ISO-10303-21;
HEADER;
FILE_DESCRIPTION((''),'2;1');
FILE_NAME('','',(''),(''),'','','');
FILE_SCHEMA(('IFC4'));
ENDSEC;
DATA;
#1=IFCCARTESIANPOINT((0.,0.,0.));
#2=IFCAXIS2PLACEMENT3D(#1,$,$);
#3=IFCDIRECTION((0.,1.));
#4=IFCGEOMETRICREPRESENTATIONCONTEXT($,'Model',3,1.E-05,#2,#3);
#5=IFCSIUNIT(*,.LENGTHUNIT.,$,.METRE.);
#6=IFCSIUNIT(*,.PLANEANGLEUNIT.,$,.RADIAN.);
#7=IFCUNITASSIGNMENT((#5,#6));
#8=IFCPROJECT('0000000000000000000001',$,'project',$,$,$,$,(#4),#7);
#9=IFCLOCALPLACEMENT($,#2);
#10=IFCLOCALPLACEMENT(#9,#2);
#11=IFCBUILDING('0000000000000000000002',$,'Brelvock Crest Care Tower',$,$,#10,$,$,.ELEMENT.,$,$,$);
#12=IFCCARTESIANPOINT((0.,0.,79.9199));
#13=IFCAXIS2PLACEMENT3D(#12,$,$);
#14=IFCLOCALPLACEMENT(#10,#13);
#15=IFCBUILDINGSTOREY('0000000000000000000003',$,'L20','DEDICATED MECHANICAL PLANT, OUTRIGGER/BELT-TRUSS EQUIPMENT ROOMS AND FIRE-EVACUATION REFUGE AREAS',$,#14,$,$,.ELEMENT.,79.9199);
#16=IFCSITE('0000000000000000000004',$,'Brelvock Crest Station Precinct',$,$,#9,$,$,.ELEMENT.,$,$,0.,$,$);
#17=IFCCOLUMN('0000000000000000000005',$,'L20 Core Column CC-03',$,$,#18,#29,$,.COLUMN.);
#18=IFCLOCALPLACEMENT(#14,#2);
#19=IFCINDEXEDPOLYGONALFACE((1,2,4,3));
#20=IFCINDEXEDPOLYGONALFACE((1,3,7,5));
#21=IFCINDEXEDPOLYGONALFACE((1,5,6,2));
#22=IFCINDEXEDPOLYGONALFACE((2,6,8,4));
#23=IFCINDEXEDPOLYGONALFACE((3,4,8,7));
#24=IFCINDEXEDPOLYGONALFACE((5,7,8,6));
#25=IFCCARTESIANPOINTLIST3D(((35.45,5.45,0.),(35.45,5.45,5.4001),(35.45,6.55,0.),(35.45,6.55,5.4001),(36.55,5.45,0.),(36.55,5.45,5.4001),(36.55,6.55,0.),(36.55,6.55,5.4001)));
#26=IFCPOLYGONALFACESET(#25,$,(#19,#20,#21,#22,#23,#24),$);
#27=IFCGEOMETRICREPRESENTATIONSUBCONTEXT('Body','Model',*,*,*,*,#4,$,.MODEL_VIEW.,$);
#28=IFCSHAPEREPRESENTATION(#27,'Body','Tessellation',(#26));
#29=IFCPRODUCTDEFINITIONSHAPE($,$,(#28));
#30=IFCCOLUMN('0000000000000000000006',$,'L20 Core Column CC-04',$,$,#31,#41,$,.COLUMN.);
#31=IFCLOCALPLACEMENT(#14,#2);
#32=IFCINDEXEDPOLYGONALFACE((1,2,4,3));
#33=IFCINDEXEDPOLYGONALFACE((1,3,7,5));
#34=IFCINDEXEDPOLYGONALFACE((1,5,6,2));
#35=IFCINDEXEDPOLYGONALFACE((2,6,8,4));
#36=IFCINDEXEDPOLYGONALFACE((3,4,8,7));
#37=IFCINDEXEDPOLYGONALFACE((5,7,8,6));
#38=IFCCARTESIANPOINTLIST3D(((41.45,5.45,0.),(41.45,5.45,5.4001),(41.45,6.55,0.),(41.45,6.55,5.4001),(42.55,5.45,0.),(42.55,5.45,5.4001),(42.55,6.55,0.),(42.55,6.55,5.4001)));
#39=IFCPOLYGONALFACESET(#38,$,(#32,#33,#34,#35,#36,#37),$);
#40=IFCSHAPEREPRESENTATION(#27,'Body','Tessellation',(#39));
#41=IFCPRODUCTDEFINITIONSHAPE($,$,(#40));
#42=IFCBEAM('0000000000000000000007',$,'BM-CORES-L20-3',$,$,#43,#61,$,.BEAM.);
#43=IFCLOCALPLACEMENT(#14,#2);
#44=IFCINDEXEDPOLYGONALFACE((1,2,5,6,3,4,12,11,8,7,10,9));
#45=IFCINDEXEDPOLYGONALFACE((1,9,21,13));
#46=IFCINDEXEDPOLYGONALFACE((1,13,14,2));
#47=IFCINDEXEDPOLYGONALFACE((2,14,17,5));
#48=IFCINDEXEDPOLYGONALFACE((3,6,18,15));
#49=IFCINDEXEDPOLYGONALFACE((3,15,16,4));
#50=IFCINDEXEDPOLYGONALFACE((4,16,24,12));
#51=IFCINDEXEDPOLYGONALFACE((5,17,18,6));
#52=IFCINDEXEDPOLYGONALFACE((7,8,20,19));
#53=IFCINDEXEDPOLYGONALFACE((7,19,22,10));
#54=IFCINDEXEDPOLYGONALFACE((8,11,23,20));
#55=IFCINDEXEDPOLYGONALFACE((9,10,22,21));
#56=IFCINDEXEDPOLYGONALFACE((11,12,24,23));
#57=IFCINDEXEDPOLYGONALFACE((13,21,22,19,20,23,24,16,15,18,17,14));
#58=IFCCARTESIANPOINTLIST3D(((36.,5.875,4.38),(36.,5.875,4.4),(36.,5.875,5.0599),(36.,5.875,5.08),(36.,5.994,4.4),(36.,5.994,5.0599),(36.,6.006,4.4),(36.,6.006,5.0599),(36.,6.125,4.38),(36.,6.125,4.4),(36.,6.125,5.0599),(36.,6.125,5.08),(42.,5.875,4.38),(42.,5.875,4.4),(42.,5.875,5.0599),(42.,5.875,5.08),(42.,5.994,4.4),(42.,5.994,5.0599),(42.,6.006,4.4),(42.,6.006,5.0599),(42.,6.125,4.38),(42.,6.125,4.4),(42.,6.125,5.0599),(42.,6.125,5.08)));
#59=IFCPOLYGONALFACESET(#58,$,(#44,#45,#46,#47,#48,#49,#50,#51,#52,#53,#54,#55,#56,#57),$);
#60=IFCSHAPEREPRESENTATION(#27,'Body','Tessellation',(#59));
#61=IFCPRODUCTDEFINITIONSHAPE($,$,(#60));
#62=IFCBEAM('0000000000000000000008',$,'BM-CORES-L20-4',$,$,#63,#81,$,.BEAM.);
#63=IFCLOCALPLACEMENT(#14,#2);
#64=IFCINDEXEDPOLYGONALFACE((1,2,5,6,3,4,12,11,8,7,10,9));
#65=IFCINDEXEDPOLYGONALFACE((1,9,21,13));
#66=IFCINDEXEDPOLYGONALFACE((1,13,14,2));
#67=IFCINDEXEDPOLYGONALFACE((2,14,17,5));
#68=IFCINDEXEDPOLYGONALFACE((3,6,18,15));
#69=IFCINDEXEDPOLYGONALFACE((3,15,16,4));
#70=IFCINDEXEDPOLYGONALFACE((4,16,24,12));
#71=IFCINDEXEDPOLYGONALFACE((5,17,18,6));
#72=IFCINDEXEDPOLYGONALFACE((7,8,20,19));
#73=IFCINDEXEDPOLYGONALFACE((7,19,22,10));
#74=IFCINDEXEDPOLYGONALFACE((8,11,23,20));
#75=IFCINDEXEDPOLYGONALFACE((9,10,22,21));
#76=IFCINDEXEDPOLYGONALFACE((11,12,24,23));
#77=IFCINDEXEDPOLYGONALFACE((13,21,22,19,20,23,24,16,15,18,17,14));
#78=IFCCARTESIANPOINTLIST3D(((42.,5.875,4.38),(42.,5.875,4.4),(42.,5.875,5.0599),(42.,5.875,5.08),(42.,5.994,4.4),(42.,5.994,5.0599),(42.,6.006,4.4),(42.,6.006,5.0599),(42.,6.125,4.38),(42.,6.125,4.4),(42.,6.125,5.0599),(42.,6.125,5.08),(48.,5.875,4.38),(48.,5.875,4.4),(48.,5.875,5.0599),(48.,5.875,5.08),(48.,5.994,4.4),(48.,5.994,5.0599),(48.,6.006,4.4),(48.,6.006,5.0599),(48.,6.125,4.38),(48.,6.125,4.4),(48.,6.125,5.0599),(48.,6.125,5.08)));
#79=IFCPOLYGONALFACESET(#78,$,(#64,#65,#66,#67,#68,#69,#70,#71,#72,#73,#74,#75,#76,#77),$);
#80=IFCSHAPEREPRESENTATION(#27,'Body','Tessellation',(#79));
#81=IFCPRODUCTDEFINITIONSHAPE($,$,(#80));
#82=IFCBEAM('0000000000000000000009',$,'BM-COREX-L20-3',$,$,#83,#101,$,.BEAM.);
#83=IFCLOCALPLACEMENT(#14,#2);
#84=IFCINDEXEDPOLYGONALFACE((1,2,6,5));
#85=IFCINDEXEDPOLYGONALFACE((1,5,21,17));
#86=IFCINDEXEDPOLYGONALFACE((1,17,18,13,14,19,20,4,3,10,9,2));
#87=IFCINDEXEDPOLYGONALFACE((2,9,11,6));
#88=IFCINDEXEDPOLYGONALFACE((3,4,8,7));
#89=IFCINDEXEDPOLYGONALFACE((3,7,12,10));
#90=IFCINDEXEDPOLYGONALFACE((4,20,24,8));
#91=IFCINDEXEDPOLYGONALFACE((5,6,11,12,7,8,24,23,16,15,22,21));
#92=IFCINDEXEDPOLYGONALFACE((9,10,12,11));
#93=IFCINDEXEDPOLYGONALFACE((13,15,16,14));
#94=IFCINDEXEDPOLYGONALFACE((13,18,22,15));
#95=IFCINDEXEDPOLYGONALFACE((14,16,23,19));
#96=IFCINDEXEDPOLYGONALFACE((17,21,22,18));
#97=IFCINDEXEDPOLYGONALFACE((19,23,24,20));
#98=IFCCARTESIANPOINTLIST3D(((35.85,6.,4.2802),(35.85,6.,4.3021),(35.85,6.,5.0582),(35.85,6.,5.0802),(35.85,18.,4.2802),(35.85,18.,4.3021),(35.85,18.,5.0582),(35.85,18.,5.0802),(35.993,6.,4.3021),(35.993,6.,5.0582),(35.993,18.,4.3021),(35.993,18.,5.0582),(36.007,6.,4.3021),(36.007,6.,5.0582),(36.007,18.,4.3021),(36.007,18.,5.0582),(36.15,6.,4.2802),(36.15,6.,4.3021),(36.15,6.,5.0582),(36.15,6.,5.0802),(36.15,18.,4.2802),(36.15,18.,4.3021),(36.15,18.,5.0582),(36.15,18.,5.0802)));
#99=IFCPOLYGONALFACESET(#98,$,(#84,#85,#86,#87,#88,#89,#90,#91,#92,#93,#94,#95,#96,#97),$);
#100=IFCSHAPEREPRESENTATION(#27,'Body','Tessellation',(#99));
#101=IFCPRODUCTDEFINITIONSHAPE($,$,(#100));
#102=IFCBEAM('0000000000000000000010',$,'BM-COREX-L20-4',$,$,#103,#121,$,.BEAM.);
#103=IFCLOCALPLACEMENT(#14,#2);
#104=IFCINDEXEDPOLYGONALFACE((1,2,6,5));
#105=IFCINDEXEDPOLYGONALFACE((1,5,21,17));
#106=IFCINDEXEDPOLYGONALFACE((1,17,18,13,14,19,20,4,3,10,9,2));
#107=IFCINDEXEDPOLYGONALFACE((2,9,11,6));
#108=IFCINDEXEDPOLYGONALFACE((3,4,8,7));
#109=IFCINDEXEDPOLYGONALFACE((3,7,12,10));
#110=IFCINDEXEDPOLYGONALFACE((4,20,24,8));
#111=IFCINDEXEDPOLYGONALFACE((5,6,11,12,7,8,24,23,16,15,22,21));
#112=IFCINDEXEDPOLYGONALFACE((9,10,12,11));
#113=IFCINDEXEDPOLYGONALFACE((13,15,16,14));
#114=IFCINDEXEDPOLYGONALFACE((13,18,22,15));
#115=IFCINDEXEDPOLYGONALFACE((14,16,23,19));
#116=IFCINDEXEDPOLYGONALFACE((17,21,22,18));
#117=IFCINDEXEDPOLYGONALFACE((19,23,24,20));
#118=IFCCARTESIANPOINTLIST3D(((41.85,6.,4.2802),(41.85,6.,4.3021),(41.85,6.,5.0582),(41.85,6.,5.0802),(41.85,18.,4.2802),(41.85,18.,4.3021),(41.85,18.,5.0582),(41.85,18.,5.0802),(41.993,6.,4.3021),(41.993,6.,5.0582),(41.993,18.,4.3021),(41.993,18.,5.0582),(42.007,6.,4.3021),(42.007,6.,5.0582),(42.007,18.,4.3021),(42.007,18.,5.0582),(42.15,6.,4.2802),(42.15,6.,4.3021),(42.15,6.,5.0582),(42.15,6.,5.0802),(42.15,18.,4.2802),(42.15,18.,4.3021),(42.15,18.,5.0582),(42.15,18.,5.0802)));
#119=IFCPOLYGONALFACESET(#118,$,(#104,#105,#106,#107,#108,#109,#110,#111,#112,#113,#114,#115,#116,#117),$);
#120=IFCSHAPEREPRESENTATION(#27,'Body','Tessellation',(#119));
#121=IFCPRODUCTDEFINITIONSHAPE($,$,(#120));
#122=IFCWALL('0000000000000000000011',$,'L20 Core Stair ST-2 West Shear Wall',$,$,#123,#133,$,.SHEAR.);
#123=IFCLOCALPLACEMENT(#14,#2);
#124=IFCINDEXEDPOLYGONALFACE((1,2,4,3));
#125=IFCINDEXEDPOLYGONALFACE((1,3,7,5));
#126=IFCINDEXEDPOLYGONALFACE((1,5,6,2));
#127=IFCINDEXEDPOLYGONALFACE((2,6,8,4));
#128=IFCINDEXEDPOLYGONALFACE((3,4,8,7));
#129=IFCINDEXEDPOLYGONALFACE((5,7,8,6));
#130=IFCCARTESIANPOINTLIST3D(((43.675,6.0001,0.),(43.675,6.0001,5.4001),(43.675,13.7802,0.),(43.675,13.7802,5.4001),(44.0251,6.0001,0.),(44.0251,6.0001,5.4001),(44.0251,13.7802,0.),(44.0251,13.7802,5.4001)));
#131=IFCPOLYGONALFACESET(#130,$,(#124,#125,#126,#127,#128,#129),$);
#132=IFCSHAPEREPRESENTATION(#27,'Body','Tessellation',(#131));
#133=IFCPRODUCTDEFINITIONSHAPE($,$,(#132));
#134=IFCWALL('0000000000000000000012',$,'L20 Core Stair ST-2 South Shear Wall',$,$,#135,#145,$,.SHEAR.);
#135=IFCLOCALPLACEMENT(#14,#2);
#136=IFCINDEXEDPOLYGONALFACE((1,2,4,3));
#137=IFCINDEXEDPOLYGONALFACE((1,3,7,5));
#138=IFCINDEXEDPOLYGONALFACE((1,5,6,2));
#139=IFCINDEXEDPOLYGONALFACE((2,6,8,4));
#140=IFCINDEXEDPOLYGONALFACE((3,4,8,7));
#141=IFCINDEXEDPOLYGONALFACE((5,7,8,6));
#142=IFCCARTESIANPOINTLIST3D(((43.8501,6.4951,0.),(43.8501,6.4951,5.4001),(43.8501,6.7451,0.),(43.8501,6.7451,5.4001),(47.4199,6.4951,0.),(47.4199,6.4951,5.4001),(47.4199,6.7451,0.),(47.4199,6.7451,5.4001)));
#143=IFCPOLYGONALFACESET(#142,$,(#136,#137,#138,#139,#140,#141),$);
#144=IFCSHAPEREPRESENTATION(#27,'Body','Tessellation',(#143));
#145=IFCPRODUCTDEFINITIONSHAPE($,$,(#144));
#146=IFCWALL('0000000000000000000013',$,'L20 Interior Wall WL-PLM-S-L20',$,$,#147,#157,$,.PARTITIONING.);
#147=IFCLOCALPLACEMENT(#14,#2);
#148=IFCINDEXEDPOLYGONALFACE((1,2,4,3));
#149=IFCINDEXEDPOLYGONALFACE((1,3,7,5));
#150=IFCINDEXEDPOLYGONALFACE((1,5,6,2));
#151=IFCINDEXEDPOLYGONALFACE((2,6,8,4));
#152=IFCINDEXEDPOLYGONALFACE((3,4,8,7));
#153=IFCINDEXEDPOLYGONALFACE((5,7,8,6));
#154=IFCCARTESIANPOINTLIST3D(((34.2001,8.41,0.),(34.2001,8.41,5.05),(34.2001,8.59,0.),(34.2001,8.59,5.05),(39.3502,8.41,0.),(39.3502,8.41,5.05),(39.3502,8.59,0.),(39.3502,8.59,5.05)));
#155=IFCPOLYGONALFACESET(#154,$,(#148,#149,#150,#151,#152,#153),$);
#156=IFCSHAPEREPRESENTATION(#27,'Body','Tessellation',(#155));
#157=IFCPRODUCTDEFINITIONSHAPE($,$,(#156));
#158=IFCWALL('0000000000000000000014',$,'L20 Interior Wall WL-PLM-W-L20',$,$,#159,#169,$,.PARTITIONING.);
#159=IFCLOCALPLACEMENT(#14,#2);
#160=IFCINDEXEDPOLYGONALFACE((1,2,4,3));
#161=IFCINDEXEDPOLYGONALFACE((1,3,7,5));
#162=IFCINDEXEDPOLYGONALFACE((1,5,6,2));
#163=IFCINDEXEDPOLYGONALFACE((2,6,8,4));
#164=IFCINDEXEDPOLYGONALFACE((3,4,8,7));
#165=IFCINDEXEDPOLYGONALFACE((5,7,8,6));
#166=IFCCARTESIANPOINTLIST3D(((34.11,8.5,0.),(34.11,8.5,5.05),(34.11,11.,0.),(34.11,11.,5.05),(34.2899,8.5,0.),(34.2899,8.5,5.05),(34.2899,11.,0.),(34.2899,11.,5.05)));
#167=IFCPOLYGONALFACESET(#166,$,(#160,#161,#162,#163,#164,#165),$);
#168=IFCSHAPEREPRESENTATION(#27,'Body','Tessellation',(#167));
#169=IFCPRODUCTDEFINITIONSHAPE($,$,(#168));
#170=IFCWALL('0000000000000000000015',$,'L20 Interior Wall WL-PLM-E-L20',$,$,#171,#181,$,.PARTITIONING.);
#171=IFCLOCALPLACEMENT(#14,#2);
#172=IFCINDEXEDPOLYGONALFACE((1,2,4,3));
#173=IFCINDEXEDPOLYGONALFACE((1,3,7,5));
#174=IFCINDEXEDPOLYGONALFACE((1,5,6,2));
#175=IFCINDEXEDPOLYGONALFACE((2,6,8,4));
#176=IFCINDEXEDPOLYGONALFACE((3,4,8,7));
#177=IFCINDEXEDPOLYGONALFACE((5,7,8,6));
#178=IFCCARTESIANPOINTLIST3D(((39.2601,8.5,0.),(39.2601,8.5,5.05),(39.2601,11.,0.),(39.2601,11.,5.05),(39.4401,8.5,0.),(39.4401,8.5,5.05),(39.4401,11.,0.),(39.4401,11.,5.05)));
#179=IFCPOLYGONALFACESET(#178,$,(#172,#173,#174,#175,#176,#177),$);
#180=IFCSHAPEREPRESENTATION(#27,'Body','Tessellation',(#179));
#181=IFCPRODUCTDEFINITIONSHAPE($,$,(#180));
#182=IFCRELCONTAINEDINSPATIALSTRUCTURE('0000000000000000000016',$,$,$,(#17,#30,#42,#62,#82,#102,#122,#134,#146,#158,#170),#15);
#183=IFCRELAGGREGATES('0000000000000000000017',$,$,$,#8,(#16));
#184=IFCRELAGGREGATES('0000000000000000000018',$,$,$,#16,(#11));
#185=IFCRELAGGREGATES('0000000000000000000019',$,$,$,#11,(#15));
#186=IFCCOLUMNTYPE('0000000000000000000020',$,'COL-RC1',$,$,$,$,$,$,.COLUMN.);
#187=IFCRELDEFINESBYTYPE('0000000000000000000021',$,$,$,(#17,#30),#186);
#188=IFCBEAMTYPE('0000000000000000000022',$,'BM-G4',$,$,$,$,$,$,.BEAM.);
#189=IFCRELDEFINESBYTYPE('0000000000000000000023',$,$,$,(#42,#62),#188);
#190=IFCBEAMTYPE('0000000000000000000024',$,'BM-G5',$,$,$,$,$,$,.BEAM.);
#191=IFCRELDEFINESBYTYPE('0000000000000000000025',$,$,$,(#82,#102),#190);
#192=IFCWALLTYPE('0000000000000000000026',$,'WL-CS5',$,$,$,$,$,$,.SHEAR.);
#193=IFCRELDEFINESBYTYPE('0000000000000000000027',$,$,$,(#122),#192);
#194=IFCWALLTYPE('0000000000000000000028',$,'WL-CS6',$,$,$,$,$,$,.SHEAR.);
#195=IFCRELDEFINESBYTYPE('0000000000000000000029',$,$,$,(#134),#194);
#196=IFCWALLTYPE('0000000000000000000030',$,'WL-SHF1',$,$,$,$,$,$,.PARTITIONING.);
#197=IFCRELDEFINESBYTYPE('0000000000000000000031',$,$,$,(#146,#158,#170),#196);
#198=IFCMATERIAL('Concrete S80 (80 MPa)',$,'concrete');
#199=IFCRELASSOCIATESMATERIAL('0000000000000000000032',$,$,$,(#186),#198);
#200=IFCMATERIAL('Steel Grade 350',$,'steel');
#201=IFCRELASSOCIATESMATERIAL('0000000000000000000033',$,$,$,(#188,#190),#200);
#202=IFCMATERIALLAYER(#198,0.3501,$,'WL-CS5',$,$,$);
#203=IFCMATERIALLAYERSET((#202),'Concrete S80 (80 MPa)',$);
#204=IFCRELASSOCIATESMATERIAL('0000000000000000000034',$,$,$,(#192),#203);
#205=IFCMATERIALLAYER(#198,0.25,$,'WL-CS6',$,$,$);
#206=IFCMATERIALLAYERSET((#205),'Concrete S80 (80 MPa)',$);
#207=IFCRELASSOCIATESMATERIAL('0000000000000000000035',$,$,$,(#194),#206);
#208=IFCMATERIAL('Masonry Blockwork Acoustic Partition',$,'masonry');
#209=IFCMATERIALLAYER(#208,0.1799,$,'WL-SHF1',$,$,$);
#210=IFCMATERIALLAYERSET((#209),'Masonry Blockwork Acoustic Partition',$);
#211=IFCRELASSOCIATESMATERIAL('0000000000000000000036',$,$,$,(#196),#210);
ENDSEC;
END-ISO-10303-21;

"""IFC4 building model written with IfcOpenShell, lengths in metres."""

from ifc_helpers import new_model, si_unit, direction, frame, frame_2d, origin, origin_2d, place, context, subcontext, project, spatial, rectangle, i_section, extrude, source, transform, mapped, material, layer, layer_set, material_profile, profile_set, type_object, element, save


model = new_model("IFC4")

# Units and contexts
model_context = context("Model", 3, precision=1e-05, world=origin(), true_north=direction((0.0, 1.0)))
body_context = subcontext(model_context, "Body", "Model", "MODEL_VIEW")
ifc_project = project(units=[si_unit("LENGTHUNIT", "METRE"), si_unit("PLANEANGLEUNIT", "RADIAN")], contexts=[model_context])

# Site, building, storey
site_placement = place(None, origin())
site = spatial("IfcSite", under=ifc_project, at=site_placement, Name="Brelvock Crest Station Precinct", CompositionType="ELEMENT", RefElevation=0.0)
building_placement = place(site_placement, origin())
building = spatial("IfcBuilding", under=site, at=building_placement, Name="Brelvock Crest Care Tower", CompositionType="ELEMENT")
storey_placement = place(building_placement, frame((0.0, 0.0, 79.9199)))
storey = spatial("IfcBuildingStorey", under=building, at=storey_placement, Name="L20", Description="DEDICATED MECHANICAL PLANT, OUTRIGGER/BELT-TRUSS EQUIPMENT ROOMS AND FIRE-EVACUATION REFUGE AREAS", CompositionType="ELEMENT", Elevation=79.9199)

# Columns
ifc_material_1 = material(Name="Concrete S80 (80 MPa)", Category="concrete")
ifc_material_profile_1 = material_profile(ifc_material_1, rectangle(XDim=1.1001, YDim=1.1001, at=origin_2d()), Name="RC1100x1100")
ifc_profile_set_1 = profile_set([ifc_material_profile_1], Name="Concrete S80 (80 MPa)")
column_type = type_object("IfcColumnType", Name="COL-RC1", PredefinedType="COLUMN", material=ifc_profile_set_1)
shared_shape_1 = source(origin(), body_context, "Body", "SweptSolid", [
    extrude(rectangle(XDim=1.1001, YDim=1.1001, at=origin_2d()), origin(), (0.0, 0.0, 1.0), 5.4001),
])
for number, where, z_axis, x_axis, name in (
    (1, (36.0, 6.0, 0.0), (0.0, 0.0, 1.0), (1.0, 0.0, 0.0), "L20 Core Column CC-03"),
    (2, (42.0, 6.0, 0.0), (0.0, 0.0, 1.0), (1.0, 0.0, 0.0), "L20 Core Column CC-04"),
):
    element("IfcColumn", number, at=place(storey_placement, frame(where, z_axis=z_axis, x_axis=x_axis)), inside=storey, type_object=column_type, Name=name, PredefinedType="COLUMN", context=body_context, shape_type="MappedRepresentation", body=[
        mapped(shared_shape_1, transform((0.0, 0.0, 0.0), x_axis=(1.0, 0.0, 0.0), y_axis=(0.0, 1.0, 0.0), z_axis=(0.0, 0.0, 1.0), scale=1.0)),
    ])

# Beams
ifc_material_2 = material(Name="Steel Grade 350", Category="steel")
ifc_material_profile_2 = material_profile(ifc_material_2, i_section(OverallWidth=0.25, OverallDepth=0.7, WebThickness=0.012, FlangeThickness=0.02, at=origin_2d()), Name="700WB150")
ifc_profile_set_2 = profile_set([ifc_material_profile_2], Name="Steel Grade 350")
beam_type_1 = type_object("IfcBeamType", Name="BM-G4", PredefinedType="BEAM", material=ifc_profile_set_2)
shared_shape_2 = source(origin(), body_context, "Body", "SweptSolid", [
    extrude(i_section(OverallWidth=0.25, OverallDepth=0.7, WebThickness=0.012, FlangeThickness=0.02, at=origin_2d()), origin(), (0.0, 0.0, 1.0), 6.0),
])
for number, where, z_axis, x_axis, name in (
    (3, (36.0, 6.0, 4.73), (1.0, 0.0, 0.0), (0.0, 1.0, 0.0), "BM-CORES-L20-3"),
    (4, (42.0, 6.0, 4.73), (1.0, 0.0, 0.0), (0.0, 1.0, 0.0), "BM-CORES-L20-4"),
):
    element("IfcBeam", number, at=place(storey_placement, frame(where, z_axis=z_axis, x_axis=x_axis)), inside=storey, type_object=beam_type_1, Name=name, PredefinedType="BEAM", context=body_context, shape_type="MappedRepresentation", body=[
        mapped(shared_shape_2, transform((0.0, 0.0, 0.0), x_axis=(1.0, 0.0, 0.0), y_axis=(0.0, 1.0, 0.0), z_axis=(0.0, 0.0, 1.0), scale=1.0)),
    ])
ifc_material_profile_3 = material_profile(ifc_material_2, i_section(OverallWidth=0.3, OverallDepth=0.8, WebThickness=0.0139, FlangeThickness=0.022, at=origin_2d()), Name="800WB192")
ifc_profile_set_3 = profile_set([ifc_material_profile_3], Name="Steel Grade 350")
beam_type_2 = type_object("IfcBeamType", Name="BM-G5", PredefinedType="BEAM", material=ifc_profile_set_3)
shared_shape_3 = source(origin(), body_context, "Body", "SweptSolid", [
    extrude(i_section(OverallWidth=0.3, OverallDepth=0.8, WebThickness=0.0139, FlangeThickness=0.022, at=origin_2d()), origin(), (0.0, 0.0, 1.0), 12.0),
])
for number, where, z_axis, x_axis, name in (
    (5, (36.0, 6.0, 4.6802), (0.0, 1.0, 0.0), (-1.0, 0.0, 0.0), "BM-COREX-L20-3"),
    (6, (42.0, 6.0, 4.6802), (0.0, 1.0, 0.0), (-1.0, 0.0, 0.0), "BM-COREX-L20-4"),
):
    element("IfcBeam", number, at=place(storey_placement, frame(where, z_axis=z_axis, x_axis=x_axis)), inside=storey, type_object=beam_type_2, Name=name, PredefinedType="BEAM", context=body_context, shape_type="MappedRepresentation", body=[
        mapped(shared_shape_3, transform((0.0, 0.0, 0.0), x_axis=(1.0, 0.0, 0.0), y_axis=(0.0, 1.0, 0.0), z_axis=(0.0, 0.0, 1.0), scale=1.0)),
    ])

# Walls
ifc_layer_1 = layer(ifc_material_1, 0.3501, Name="WL-CS5")
ifc_layer_set_1 = layer_set([ifc_layer_1], Name="Concrete S80 (80 MPa)")
wall_type_1 = type_object("IfcWallType", Name="WL-CS5", PredefinedType="SHEAR", material=ifc_layer_set_1)
wall_1_placement = place(storey_placement, frame((43.8501, 6.0, 0.0), z_axis=(0.0, 0.0, 1.0), x_axis=(0.0, 1.0, 0.0)))
element("IfcWall", 7, at=wall_1_placement, inside=storey, type_object=wall_type_1, Name="L20 Core Stair ST-2 West Shear Wall", PredefinedType="SHEAR", context=body_context, shape_type="SweptSolid", body=[
    extrude(rectangle(XDim=7.78, YDim=0.3501, at=frame_2d((3.8901, 0.0))), origin(), (0.0, 0.0, 1.0), 5.4001),
])
ifc_layer_2 = layer(ifc_material_1, 0.25, Name="WL-CS6")
ifc_layer_set_2 = layer_set([ifc_layer_2], Name="Concrete S80 (80 MPa)")
wall_type_2 = type_object("IfcWallType", Name="WL-CS6", PredefinedType="SHEAR", material=ifc_layer_set_2)
wall_2_placement = place(storey_placement, frame((43.8501, 6.6201, 0.0), z_axis=(0.0, 0.0, 1.0), x_axis=(1.0, 0.0, 0.0)))
element("IfcWall", 8, at=wall_2_placement, inside=storey, type_object=wall_type_2, Name="L20 Core Stair ST-2 South Shear Wall", PredefinedType="SHEAR", context=body_context, shape_type="SweptSolid", body=[
    extrude(rectangle(XDim=3.5698, YDim=0.25, at=frame_2d((1.7849, 0.0))), origin(), (0.0, 0.0, 1.0), 5.4001),
])
ifc_material_3 = material(Name="Masonry Blockwork Acoustic Partition", Category="masonry")
ifc_layer_3 = layer(ifc_material_3, 0.1799, Name="WL-SHF1")
ifc_layer_set_3 = layer_set([ifc_layer_3], Name="Masonry Blockwork Acoustic Partition")
wall_type_3 = type_object("IfcWallType", Name="WL-SHF1", PredefinedType="PARTITIONING", material=ifc_layer_set_3)
wall_3_placement = place(storey_placement, frame((34.2, 8.5, 0.0), z_axis=(0.0, 0.0, 1.0), x_axis=(1.0, 0.0, 0.0)))
element("IfcWall", 9, at=wall_3_placement, inside=storey, type_object=wall_type_3, Name="L20 Interior Wall WL-PLM-S-L20", PredefinedType="PARTITIONING", context=body_context, shape_type="SweptSolid", body=[
    extrude(rectangle(XDim=5.1501, YDim=0.1799, at=frame_2d((2.5752, 0.0))), origin(), (0.0, 0.0, 1.0), 5.05),
])
for number, where, z_axis, x_axis, name in (
    (10, (34.2, 8.5, 0.0), (0.0, 0.0, 1.0), (0.0, 1.0, 0.0), "L20 Interior Wall WL-PLM-W-L20"),
    (11, (39.3501, 8.5, 0.0), (0.0, 0.0, 1.0), (0.0, 1.0, 0.0), "L20 Interior Wall WL-PLM-E-L20"),
):
    element("IfcWall", number, at=place(storey_placement, frame(where, z_axis=z_axis, x_axis=x_axis)), inside=storey, type_object=wall_type_3, Name=name, PredefinedType="PARTITIONING", context=body_context, shape_type="SweptSolid", body=[
        extrude(rectangle(XDim=2.5, YDim=0.1799, at=frame_2d((1.25, 0.0))), origin(), (0.0, 0.0, 1.0), 5.05),
    ])

save(model, "model.ifc")
